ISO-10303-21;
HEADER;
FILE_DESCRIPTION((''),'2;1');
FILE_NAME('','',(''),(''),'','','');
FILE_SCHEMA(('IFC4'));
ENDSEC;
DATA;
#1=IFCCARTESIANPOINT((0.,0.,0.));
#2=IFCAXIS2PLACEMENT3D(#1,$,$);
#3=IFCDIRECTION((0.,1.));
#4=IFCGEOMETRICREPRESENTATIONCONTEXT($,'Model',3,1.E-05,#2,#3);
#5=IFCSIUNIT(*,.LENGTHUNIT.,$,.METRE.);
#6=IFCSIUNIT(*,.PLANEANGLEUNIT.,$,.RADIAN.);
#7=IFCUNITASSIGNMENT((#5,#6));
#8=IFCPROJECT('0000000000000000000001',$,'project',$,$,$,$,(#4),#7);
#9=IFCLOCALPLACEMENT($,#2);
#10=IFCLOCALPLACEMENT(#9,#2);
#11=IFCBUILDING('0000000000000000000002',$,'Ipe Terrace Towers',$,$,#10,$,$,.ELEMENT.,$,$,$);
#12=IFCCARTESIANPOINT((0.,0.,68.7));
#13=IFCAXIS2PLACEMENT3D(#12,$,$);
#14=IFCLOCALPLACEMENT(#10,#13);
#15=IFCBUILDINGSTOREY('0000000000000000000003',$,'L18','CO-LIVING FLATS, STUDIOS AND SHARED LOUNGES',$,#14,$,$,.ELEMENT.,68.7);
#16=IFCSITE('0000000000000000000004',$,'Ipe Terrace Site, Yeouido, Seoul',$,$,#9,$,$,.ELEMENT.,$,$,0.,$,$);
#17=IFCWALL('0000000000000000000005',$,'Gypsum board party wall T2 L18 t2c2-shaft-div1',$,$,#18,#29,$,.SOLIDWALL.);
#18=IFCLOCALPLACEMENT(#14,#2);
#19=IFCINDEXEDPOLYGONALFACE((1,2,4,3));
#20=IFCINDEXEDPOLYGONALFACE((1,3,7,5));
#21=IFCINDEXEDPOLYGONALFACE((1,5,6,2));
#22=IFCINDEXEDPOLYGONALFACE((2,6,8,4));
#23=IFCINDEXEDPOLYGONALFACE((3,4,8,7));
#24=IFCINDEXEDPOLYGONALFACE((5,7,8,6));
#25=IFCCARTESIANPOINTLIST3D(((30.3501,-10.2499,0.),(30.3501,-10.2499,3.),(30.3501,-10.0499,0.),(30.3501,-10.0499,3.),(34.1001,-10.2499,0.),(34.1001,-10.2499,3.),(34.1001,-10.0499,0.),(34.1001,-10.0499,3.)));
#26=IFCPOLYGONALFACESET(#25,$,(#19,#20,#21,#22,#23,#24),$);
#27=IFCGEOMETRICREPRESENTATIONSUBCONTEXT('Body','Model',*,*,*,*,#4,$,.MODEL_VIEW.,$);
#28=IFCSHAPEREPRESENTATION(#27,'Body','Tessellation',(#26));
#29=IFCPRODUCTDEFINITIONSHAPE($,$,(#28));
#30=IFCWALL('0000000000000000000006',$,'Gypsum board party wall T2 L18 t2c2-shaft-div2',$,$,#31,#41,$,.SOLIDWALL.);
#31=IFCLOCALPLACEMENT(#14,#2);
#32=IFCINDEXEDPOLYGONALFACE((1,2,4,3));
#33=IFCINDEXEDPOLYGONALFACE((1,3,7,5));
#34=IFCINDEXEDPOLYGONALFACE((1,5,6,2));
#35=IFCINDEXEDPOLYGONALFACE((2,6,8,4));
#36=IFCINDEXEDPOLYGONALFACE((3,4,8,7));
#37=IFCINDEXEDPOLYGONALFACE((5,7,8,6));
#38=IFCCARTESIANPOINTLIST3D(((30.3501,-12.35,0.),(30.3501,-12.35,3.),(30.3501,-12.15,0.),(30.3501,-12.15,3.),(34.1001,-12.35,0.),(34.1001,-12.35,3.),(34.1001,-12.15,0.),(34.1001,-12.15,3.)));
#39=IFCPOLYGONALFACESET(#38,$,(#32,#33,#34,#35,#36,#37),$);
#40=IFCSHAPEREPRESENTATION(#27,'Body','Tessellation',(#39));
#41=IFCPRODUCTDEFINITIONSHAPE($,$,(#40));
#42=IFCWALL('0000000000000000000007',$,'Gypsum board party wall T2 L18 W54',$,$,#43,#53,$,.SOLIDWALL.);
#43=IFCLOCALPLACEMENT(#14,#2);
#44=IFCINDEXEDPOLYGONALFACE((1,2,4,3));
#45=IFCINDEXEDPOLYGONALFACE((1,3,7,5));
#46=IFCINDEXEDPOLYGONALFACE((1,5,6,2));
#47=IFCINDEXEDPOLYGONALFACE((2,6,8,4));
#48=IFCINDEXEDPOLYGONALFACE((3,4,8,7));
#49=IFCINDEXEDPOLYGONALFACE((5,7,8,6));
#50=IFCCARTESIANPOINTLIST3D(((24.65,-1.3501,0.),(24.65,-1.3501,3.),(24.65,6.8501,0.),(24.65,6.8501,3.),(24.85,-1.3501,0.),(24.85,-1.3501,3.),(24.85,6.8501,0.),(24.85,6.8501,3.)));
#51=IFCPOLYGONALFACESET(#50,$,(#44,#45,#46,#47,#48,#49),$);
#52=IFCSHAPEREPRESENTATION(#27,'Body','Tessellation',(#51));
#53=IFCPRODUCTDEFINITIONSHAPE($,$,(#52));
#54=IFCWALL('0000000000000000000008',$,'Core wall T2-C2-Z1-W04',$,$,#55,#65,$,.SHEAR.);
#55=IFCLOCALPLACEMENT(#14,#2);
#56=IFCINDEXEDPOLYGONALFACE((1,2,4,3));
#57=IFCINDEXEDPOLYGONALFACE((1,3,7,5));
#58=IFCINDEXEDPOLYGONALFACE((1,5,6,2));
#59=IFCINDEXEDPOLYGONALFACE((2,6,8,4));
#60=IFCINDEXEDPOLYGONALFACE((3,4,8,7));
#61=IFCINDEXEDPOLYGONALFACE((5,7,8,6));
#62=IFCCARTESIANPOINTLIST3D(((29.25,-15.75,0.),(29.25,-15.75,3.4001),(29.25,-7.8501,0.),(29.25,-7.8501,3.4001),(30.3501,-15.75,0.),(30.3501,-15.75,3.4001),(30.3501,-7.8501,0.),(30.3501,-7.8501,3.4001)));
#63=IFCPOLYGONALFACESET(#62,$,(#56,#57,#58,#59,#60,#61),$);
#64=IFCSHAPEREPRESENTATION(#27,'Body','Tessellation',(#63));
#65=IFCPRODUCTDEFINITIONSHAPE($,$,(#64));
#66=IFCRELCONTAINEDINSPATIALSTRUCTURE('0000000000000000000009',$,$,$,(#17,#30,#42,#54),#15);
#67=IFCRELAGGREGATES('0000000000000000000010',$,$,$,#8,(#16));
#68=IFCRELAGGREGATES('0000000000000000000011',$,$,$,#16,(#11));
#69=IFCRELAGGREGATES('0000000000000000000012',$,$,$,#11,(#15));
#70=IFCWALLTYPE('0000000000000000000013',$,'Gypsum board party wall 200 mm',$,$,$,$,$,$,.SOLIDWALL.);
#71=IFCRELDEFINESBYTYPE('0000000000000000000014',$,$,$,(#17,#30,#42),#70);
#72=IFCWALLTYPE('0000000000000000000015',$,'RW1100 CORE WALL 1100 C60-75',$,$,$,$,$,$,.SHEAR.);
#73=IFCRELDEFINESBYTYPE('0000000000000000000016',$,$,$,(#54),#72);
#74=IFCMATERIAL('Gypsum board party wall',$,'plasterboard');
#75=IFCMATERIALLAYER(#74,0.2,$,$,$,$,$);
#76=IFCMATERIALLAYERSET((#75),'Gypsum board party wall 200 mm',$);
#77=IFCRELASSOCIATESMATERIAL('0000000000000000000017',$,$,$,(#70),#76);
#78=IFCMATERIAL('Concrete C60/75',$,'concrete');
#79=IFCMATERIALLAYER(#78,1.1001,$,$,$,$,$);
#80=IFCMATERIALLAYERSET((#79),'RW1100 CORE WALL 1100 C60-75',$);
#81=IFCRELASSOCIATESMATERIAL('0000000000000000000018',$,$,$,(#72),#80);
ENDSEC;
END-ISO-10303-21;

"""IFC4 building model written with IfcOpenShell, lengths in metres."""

from ifc_helpers import new_model, si_unit, direction, frame, frame_2d, origin, place, context, subcontext, project, spatial, rectangle, extrude, material, layer, layer_set, type_object, element, save


model = new_model("IFC4")

# Units and contexts
model_context = context("Model", 3, precision=1e-05, world=origin(), true_north=direction((0.0, 1.0)))
body_context = subcontext(model_context, "Body", "Model", "MODEL_VIEW")
ifc_project = project(units=[si_unit("LENGTHUNIT", "METRE"), si_unit("PLANEANGLEUNIT", "RADIAN")], contexts=[model_context])

# Site, building, storey
site_placement = place(None, origin())
site = spatial("IfcSite", under=ifc_project, at=site_placement, Name="Ipe Terrace Site, Yeouido, Seoul", CompositionType="ELEMENT", RefElevation=0.0)
building_placement = place(site_placement, origin())
building = spatial("IfcBuilding", under=site, at=building_placement, Name="Ipe Terrace Towers", CompositionType="ELEMENT")
storey_placement = place(building_placement, frame((0.0, 0.0, 68.7)))
storey = spatial("IfcBuildingStorey", under=building, at=storey_placement, Name="L18", Description="CO-LIVING FLATS, STUDIOS AND SHARED LOUNGES", CompositionType="ELEMENT", Elevation=68.7)

# Walls
ifc_material_1 = material(Name="Gypsum board party wall", Category="plasterboard")
ifc_layer_1 = layer(ifc_material_1, 0.2)
ifc_layer_set_1 = layer_set([ifc_layer_1], Name="Gypsum board party wall 200 mm")
wall_type_1 = type_object("IfcWallType", Name="Gypsum board party wall 200 mm", PredefinedType="SOLIDWALL", material=ifc_layer_set_1)
for number, where, z_axis, x_axis, name in (
    (1, (30.3501, -10.1499, 0.0), (0.0, 0.0, 1.0), (1.0, 0.0, 0.0), "Gypsum board party wall T2 L18 t2c2-shaft-div1"),
    (2, (30.3501, -12.25, 0.0), (0.0, 0.0, 1.0), (1.0, 0.0, 0.0), "Gypsum board party wall T2 L18 t2c2-shaft-div2"),
):
    element("IfcWall", number, at=place(storey_placement, frame(where, z_axis=z_axis, x_axis=x_axis)), inside=storey, type_object=wall_type_1, Name=name, PredefinedType="SOLIDWALL", context=body_context, shape_type="SweptSolid", body=[
        extrude(rectangle(XDim=3.75, YDim=0.2, at=frame_2d((1.875, 0.0))), origin(), (0.0, 0.0, 1.0), 3.0),
    ])
wall_1_placement = place(storey_placement, frame((24.75, -1.3501, 0.0), z_axis=(0.0, 0.0, 1.0), x_axis=(0.0, 1.0, 0.0)))
element("IfcWall", 3, at=wall_1_placement, inside=storey, type_object=wall_type_1, Name="Gypsum board party wall T2 L18 W54", PredefinedType="SOLIDWALL", context=body_context, shape_type="SweptSolid", body=[
    extrude(rectangle(XDim=8.2002, YDim=0.2, at=frame_2d((4.1001, 0.0))), origin(), (0.0, 0.0, 1.0), 3.0),
])
ifc_material_2 = material(Name="Concrete C60/75", Category="concrete")
ifc_layer_2 = layer(ifc_material_2, 1.1001)
ifc_layer_set_2 = layer_set([ifc_layer_2], Name="RW1100 CORE WALL 1100 C60-75")
wall_type_2 = type_object("IfcWallType", Name="RW1100 CORE WALL 1100 C60-75", PredefinedType="SHEAR", material=ifc_layer_set_2)
wall_2_placement = place(storey_placement, frame((29.8, -7.8501, 0.0), z_axis=(0.0, 0.0, 1.0), x_axis=(0.0, -1.0, 0.0)))
element("IfcWall", 4, at=wall_2_placement, inside=storey, type_object=wall_type_2, Name="Core wall T2-C2-Z1-W04", PredefinedType="SHEAR", context=body_context, shape_type="SweptSolid", body=[
    extrude(rectangle(XDim=7.8999, YDim=1.1001, at=frame_2d((3.95, 0.0))), origin(), (0.0, 0.0, 1.0), 3.4001),
])

save(model, "model.ifc")
